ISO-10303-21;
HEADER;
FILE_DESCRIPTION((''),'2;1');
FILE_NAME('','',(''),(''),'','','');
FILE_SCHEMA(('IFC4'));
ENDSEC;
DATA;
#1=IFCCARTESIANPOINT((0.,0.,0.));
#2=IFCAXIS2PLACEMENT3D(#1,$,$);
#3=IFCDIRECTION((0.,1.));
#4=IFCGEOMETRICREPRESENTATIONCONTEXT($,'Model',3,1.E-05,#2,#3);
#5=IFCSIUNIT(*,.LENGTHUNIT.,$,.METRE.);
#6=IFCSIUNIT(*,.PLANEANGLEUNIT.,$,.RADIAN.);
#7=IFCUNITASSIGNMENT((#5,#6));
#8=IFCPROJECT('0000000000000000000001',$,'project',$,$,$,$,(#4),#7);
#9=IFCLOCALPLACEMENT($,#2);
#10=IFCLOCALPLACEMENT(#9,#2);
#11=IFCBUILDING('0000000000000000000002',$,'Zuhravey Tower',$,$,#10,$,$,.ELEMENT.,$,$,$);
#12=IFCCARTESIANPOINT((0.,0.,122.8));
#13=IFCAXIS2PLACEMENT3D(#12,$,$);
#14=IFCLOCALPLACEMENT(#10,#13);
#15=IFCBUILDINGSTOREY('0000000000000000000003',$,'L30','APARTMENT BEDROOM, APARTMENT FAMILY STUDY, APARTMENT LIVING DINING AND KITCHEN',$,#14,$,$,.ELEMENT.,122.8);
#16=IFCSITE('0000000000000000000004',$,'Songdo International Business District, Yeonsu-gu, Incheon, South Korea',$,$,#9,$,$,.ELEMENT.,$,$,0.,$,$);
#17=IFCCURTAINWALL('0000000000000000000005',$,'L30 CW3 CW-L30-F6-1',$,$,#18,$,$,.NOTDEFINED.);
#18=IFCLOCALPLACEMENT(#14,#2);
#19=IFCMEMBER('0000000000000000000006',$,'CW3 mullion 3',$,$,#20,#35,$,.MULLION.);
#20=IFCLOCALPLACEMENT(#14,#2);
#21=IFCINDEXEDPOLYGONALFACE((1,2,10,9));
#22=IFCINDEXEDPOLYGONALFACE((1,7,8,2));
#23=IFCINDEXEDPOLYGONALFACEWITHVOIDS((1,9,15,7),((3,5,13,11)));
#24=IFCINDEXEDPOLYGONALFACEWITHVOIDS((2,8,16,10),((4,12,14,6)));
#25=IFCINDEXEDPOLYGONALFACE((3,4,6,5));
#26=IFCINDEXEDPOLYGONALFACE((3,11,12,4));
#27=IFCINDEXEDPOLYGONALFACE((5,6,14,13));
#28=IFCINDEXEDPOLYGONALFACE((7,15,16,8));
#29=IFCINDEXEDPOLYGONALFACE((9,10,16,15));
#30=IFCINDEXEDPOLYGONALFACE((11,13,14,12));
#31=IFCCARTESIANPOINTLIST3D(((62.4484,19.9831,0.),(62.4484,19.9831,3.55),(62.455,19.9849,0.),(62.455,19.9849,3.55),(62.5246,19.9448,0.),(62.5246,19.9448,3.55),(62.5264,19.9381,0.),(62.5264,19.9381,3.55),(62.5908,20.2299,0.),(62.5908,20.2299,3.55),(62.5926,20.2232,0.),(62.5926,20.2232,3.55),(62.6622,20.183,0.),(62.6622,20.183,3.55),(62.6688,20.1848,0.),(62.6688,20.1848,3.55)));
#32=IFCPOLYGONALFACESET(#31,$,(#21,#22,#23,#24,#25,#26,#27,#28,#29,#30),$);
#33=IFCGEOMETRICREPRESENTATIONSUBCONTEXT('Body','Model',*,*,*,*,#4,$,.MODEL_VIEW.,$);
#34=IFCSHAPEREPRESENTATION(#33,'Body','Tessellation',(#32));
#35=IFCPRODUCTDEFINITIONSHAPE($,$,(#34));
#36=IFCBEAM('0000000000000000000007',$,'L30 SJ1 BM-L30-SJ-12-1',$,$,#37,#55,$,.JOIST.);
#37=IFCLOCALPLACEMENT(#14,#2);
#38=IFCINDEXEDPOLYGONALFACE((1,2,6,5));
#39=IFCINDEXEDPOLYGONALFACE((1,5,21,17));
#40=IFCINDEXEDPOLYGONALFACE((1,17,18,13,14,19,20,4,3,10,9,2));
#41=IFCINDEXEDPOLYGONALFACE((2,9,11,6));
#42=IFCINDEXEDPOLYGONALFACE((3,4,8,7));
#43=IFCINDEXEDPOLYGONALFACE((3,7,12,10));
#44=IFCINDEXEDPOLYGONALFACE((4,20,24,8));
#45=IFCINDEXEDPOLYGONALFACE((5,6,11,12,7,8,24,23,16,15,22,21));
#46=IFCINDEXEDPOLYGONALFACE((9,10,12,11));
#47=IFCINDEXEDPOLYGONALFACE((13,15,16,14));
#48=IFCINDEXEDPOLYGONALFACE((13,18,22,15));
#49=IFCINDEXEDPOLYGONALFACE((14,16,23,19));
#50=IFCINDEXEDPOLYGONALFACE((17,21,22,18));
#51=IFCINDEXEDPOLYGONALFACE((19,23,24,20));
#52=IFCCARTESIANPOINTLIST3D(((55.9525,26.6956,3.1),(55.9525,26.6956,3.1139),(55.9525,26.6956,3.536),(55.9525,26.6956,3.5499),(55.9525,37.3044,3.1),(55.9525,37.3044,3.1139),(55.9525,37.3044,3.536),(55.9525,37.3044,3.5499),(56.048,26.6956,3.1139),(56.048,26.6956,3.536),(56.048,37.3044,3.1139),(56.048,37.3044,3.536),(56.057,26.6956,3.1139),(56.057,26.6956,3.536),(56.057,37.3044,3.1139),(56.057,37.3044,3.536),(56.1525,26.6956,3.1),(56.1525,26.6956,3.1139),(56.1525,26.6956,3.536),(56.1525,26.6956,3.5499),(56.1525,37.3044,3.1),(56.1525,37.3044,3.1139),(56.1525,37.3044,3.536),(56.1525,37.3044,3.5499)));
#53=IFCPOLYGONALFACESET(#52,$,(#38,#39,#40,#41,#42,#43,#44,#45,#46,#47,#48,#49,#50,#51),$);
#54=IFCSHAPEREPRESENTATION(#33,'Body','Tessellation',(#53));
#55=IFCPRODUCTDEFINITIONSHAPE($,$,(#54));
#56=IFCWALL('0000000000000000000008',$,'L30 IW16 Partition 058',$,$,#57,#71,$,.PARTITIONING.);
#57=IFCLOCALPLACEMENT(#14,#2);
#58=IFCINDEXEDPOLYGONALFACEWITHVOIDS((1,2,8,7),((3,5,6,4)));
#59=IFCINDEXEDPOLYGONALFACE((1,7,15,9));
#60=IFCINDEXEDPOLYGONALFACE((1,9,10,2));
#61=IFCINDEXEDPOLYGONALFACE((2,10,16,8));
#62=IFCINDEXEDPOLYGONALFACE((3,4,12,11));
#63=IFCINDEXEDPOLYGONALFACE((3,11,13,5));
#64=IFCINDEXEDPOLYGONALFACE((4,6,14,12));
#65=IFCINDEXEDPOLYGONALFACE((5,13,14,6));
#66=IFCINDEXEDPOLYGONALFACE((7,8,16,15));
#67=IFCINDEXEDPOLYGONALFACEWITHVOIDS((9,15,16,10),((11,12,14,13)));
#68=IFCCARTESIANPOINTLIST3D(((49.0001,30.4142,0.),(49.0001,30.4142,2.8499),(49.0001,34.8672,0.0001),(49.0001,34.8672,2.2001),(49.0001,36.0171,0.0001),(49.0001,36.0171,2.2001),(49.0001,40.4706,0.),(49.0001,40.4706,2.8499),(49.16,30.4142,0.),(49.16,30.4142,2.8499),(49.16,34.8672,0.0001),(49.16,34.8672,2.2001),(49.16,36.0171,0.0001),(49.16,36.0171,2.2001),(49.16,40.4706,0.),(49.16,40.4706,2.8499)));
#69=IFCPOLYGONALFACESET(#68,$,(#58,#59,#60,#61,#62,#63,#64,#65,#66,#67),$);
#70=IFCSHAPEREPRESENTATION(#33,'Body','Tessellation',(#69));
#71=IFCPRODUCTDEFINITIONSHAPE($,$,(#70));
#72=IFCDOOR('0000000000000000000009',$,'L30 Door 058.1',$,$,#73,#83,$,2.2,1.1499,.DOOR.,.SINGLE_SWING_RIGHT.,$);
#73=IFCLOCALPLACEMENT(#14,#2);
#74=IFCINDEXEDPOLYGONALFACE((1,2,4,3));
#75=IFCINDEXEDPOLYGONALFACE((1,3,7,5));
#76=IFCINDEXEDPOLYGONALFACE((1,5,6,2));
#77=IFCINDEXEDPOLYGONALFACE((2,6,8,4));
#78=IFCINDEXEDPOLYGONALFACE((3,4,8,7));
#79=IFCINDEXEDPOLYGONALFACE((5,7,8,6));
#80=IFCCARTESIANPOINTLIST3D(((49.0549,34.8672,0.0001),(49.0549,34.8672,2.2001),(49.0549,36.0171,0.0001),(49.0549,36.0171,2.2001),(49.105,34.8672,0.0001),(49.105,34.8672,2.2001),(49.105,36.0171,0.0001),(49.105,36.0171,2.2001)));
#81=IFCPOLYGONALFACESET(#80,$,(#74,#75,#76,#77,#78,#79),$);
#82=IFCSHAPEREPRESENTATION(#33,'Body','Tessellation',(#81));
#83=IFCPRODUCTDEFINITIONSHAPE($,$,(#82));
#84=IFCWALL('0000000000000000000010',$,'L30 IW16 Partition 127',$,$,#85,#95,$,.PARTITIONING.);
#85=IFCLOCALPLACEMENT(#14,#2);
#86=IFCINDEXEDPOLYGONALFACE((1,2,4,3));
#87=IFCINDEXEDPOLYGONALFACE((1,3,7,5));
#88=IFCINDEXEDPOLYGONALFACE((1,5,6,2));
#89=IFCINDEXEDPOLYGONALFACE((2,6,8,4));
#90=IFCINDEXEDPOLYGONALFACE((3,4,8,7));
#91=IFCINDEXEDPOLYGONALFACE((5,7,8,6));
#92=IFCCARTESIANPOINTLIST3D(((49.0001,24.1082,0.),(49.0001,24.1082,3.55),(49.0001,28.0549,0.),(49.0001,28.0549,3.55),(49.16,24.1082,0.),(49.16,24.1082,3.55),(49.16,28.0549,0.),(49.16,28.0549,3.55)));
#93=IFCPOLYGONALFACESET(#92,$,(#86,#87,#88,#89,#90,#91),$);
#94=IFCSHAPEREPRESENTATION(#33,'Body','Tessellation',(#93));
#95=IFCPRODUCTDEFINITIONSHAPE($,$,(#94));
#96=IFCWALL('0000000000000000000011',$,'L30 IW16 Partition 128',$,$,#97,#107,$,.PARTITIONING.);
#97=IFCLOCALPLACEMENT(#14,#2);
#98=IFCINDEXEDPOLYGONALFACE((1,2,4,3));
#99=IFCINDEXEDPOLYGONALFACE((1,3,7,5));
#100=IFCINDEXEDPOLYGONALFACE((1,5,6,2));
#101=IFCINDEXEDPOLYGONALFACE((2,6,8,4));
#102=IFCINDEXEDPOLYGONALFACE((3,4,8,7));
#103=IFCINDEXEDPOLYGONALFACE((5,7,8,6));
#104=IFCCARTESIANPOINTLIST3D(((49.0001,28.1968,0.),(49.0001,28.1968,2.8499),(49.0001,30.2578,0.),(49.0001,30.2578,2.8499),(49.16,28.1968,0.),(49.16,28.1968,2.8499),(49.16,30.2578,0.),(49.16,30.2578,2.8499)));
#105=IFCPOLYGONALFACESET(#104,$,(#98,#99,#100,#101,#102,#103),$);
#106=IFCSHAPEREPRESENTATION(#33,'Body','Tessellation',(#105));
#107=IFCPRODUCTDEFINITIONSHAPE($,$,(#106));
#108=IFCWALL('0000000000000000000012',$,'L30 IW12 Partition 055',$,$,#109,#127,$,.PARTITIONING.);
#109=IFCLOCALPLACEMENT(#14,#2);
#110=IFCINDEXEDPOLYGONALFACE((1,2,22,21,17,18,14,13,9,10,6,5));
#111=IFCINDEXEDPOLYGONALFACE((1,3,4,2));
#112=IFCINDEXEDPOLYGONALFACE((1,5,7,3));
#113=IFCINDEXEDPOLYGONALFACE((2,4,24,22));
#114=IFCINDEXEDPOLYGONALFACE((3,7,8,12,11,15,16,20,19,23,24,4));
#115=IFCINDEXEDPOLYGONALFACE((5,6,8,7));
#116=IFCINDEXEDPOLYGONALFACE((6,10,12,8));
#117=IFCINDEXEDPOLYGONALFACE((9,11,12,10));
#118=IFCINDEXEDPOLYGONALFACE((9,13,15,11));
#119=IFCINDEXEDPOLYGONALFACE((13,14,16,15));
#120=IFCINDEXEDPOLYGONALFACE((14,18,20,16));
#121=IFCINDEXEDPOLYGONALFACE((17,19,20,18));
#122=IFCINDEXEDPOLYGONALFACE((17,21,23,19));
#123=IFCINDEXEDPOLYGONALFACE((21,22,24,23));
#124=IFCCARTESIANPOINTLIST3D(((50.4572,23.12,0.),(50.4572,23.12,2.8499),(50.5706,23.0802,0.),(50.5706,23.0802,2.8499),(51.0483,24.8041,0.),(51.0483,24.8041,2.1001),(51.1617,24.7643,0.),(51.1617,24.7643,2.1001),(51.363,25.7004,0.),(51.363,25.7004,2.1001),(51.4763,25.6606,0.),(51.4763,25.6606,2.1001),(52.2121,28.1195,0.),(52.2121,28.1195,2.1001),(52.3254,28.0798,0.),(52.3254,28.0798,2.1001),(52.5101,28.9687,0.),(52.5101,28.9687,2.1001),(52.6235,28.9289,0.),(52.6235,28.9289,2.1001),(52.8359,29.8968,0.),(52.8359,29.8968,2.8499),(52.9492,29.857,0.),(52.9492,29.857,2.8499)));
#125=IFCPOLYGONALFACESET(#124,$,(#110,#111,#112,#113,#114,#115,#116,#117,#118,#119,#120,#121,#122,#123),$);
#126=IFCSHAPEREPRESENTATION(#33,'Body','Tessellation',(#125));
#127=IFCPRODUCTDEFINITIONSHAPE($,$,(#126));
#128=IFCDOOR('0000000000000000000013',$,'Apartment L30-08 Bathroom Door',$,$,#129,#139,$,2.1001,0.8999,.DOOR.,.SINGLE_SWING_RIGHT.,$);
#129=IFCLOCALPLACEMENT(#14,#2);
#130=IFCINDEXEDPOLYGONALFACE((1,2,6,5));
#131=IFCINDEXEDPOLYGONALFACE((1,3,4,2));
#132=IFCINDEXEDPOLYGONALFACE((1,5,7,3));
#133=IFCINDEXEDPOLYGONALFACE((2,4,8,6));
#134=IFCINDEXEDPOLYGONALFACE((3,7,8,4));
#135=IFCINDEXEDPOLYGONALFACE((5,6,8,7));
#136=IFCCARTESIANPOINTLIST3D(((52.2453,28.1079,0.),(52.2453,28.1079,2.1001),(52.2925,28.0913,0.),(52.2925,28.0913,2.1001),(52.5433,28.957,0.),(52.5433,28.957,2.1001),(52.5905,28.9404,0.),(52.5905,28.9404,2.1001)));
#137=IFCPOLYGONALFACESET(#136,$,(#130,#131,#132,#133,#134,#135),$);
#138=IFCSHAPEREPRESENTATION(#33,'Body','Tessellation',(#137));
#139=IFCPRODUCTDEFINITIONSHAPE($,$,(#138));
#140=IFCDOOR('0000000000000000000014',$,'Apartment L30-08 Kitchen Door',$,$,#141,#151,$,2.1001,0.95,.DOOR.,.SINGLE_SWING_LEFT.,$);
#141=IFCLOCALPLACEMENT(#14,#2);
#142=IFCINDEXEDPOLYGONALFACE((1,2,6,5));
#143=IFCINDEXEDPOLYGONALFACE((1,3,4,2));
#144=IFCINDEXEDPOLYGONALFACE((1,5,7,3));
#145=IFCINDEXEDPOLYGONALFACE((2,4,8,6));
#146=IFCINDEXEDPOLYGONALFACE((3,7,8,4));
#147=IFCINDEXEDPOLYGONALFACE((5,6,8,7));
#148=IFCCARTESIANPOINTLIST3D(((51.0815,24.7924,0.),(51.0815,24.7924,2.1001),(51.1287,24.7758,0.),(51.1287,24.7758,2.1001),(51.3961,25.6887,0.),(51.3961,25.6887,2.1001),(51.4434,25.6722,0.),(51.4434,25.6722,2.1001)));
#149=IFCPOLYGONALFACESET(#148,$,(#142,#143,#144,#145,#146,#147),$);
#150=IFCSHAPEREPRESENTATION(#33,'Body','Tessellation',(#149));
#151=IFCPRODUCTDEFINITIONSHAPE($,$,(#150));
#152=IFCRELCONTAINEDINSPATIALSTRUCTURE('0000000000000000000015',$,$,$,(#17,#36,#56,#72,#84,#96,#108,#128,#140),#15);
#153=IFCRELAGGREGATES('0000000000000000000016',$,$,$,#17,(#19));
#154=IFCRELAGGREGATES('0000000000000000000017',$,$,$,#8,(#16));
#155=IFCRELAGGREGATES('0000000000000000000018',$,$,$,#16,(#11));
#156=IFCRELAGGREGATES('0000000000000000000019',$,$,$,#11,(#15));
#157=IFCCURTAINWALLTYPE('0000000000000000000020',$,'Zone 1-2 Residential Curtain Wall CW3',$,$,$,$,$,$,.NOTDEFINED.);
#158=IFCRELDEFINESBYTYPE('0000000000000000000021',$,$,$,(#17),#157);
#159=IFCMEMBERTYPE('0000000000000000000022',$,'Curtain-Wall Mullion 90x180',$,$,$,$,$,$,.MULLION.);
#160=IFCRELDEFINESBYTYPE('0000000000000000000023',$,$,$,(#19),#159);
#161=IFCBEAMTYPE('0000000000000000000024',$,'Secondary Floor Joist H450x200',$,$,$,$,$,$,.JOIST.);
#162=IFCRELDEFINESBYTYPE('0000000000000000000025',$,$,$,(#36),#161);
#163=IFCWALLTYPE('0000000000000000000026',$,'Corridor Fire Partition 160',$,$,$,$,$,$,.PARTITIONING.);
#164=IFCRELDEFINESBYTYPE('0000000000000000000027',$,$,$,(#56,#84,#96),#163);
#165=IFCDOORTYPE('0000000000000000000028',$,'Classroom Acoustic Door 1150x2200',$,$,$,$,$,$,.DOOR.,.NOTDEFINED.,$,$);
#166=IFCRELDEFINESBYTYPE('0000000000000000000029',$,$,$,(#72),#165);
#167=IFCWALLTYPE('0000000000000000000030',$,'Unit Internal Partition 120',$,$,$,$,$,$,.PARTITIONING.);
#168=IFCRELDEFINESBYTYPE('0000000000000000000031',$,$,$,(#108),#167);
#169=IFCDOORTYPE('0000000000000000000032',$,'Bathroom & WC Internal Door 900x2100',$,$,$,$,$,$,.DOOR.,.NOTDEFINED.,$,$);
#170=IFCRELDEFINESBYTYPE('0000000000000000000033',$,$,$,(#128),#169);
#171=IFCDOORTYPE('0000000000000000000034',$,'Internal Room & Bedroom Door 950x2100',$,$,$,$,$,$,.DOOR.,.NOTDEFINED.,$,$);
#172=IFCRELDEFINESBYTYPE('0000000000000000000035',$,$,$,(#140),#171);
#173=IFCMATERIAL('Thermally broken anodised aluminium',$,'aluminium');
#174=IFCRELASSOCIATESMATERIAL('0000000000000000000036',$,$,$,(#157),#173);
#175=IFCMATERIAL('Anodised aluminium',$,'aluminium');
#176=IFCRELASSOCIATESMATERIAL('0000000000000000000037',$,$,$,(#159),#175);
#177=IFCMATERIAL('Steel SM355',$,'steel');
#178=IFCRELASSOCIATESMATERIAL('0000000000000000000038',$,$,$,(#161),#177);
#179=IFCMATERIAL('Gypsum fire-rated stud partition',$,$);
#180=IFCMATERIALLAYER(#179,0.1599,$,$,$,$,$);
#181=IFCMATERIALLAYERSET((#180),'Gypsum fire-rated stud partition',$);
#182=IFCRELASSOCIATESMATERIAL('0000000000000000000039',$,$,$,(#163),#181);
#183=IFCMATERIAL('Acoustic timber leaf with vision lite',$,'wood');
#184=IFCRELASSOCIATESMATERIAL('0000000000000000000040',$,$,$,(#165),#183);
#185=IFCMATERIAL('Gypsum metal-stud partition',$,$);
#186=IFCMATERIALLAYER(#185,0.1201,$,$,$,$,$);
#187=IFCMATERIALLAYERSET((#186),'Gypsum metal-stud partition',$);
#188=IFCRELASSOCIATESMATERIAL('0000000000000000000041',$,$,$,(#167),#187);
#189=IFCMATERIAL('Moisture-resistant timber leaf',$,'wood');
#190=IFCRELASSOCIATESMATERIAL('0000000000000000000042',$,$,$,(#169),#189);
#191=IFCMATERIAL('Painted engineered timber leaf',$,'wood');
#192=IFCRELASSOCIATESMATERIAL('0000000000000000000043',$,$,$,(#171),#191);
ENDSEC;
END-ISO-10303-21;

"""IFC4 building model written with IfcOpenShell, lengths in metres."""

from ifc_helpers import new_model, si_unit, direction, frame, frame_2d, origin, origin_2d, place, context, subcontext, project, spatial, rectangle, hollow_rectangle, i_section, extrude, material, layer, layer_set, material_profile, profile_set, type_object, element, fill, aggregate, save


model = new_model("IFC4")

# Units and contexts
model_context = context("Model", 3, precision=1e-05, world=origin(), true_north=direction((0.0, 1.0)))
body_context = subcontext(model_context, "Body", "Model", "MODEL_VIEW")
ifc_project = project(units=[si_unit("LENGTHUNIT", "METRE"), si_unit("PLANEANGLEUNIT", "RADIAN")], contexts=[model_context])

# Site, building, storey
site_placement = place(None, origin())
site = spatial("IfcSite", under=ifc_project, at=site_placement, Name="Songdo International Business District, Yeonsu-gu, Incheon, South Korea", CompositionType="ELEMENT", RefElevation=0.0)
building_placement = place(site_placement, origin())
building = spatial("IfcBuilding", under=site, at=building_placement, Name="Zuhravey Tower", CompositionType="ELEMENT")
storey_placement = place(building_placement, frame((0.0, 0.0, 122.8)))
storey = spatial("IfcBuildingStorey", under=building, at=storey_placement, Name="L30", Description="APARTMENT BEDROOM, APARTMENT FAMILY STUDY, APARTMENT LIVING DINING AND KITCHEN", CompositionType="ELEMENT", Elevation=122.8)

# Curtain wall, member
ifc_material_1 = material(Name="Thermally broken anodised aluminium", Category="aluminium")
curtain_wall_type = type_object("IfcCurtainWallType", Name="Zone 1-2 Residential Curtain Wall CW3", PredefinedType="NOTDEFINED", material=ifc_material_1)
curtain_wall_placement = place(storey_placement, origin())
curtain_wall = element("IfcCurtainWall", 1, at=curtain_wall_placement, inside=storey, type_object=curtain_wall_type, Name="L30 CW3 CW-L30-F6-1", PredefinedType="NOTDEFINED")
ifc_material_2 = material(Name="Anodised aluminium", Category="aluminium")
ifc_material_profile_1 = material_profile(ifc_material_2, hollow_rectangle(XDim=0.0901, YDim=0.2849, WallThickness=0.0049, at=origin_2d()), Name="ALU-RHS-90x285x5")
ifc_profile_set_1 = profile_set([ifc_material_profile_1], Name="Anodised aluminium")
member_type = type_object("IfcMemberType", Name="Curtain-Wall Mullion 90x180", PredefinedType="MULLION", material=ifc_profile_set_1)
member_placement = place(storey_placement, frame((62.5586, 20.084, 0.0), z_axis=(0.0, 0.0, 1.0), x_axis=(0.866026, -0.5, 0.0)))
member = element("IfcMember", 2, at=member_placement, type_object=member_type, Name="CW3 mullion 3", PredefinedType="MULLION", context=body_context, shape_type="SweptSolid", body=[
    extrude(hollow_rectangle(XDim=0.0901, YDim=0.2849, WallThickness=0.0049, at=origin_2d()), origin(), (0.0, 0.0, 1.0), 3.55),
])
aggregate(curtain_wall, [member])

# Beam
ifc_material_3 = material(Name="Steel SM355", Category="steel")
ifc_material_profile_2 = material_profile(ifc_material_3, i_section(OverallWidth=0.2, OverallDepth=0.45, WebThickness=0.009, FlangeThickness=0.0139, at=origin_2d()), Name="H-450x200x9x14")
ifc_profile_set_2 = profile_set([ifc_material_profile_2], Name="Steel SM355")
beam_type = type_object("IfcBeamType", Name="Secondary Floor Joist H450x200", PredefinedType="JOIST", material=ifc_profile_set_2)
beam_placement = place(storey_placement, frame((56.0525, 26.6956, 3.325), z_axis=(0.0, 1.0, 0.0), x_axis=(-1.0, 0.0, 0.0)))
element("IfcBeam", 3, at=beam_placement, inside=storey, type_object=beam_type, Name="L30 SJ1 BM-L30-SJ-12-1", PredefinedType="JOIST", context=body_context, shape_type="SweptSolid", body=[
    extrude(i_section(OverallWidth=0.2, OverallDepth=0.45, WebThickness=0.009, FlangeThickness=0.0139, at=origin_2d()), origin(), (0.0, 0.0, 1.0), 10.6089),
])

# Wall, opening, door
ifc_material_4 = material(Name="Gypsum fire-rated stud partition")
ifc_layer_1 = layer(ifc_material_4, 0.1599)
ifc_layer_set_1 = layer_set([ifc_layer_1], Name="Gypsum fire-rated stud partition")
wall_type_1 = type_object("IfcWallType", Name="Corridor Fire Partition 160", PredefinedType="PARTITIONING", material=ifc_layer_set_1)
wall_1_placement = place(storey_placement, frame((49.0801, 30.4141, 0.0), z_axis=(0.0, 0.0, 1.0), x_axis=(0.0, 1.0, 0.0)))
wall_1 = element("IfcWall", 4, at=wall_1_placement, inside=storey, type_object=wall_type_1, Name="L30 IW16 Partition 058", PredefinedType="PARTITIONING", context=body_context, shape_type="SweptSolid", body=[
    extrude(rectangle(XDim=10.0564, YDim=0.1599, at=frame_2d((5.0283, 0.0))), origin(), (0.0, 0.0, 1.0), 2.8499),
])
opening_1_placement = place(wall_1_placement, frame((4.4531, 0.0, 0.0)))
opening_1 = element("IfcOpeningElement", 5, at=opening_1_placement, cuts=wall_1, PredefinedType="OPENING", context=body_context, shape_type="SweptSolid", body=[
    extrude(rectangle(XDim=1.1499, YDim=2.2, at=frame_2d((0.575, 1.1001))), frame((0.0, 0.092, 0.0), z_axis=(0.0, -1.0, 0.0), x_axis=(1.0, 0.0, 0.0)), (0.0, 0.0, 1.0), 0.1838),
])
ifc_material_5 = material(Name="Acoustic timber leaf with vision lite", Category="wood")
door_type_1 = type_object("IfcDoorType", Name="Classroom Acoustic Door 1150x2200", OperationType="NOTDEFINED", PredefinedType="DOOR", material=ifc_material_5)
door_1_placement = place(opening_1_placement, frame((1.1499, 0.0, 0.0), z_axis=(0.0, 0.0, 1.0), x_axis=(-1.0, 0.0, 0.0)))
door_1 = element("IfcDoor", 6, at=door_1_placement, inside=storey, type_object=door_type_1, Name="L30 Door 058.1", OperationType="SINGLE_SWING_RIGHT", OverallHeight=2.2, OverallWidth=1.1499, PredefinedType="DOOR", context=body_context, shape_type="SweptSolid", body=[
    extrude(rectangle(XDim=1.1499, YDim=2.2, at=frame_2d((0.575, 1.1001))), frame((0.0, 0.0249, 0.0), z_axis=(0.0, -1.0, 0.0), x_axis=(1.0, 0.0, 0.0)), (0.0, 0.0, 1.0), 0.05),
])
fill(opening_1, door_1)

# Walls
wall_2_placement = place(storey_placement, frame((49.0801, 24.1082, 0.0), z_axis=(0.0, 0.0, 1.0), x_axis=(0.0, 1.0, 0.0)))
element("IfcWall", 7, at=wall_2_placement, inside=storey, type_object=wall_type_1, Name="L30 IW16 Partition 127", PredefinedType="PARTITIONING", context=body_context, shape_type="SweptSolid", body=[
    extrude(rectangle(XDim=3.9468, YDim=0.1599, at=frame_2d((1.9734, 0.0))), origin(), (0.0, 0.0, 1.0), 3.55),
])
wall_3_placement = place(storey_placement, frame((49.0801, 28.1968, 0.0), z_axis=(0.0, 0.0, 1.0), x_axis=(0.0, 1.0, 0.0)))
element("IfcWall", 8, at=wall_3_placement, inside=storey, type_object=wall_type_1, Name="L30 IW16 Partition 128", PredefinedType="PARTITIONING", context=body_context, shape_type="SweptSolid", body=[
    extrude(rectangle(XDim=2.061, YDim=0.1599, at=frame_2d((1.0305, 0.0))), origin(), (0.0, 0.0, 1.0), 2.8499),
])

# Wall, openings, doors
ifc_material_6 = material(Name="Gypsum metal-stud partition")
ifc_layer_2 = layer(ifc_material_6, 0.1201)
ifc_layer_set_2 = layer_set([ifc_layer_2], Name="Gypsum metal-stud partition")
wall_type_2 = type_object("IfcWallType", Name="Unit Internal Partition 120", PredefinedType="PARTITIONING", material=ifc_layer_set_2)
wall_4_placement = place(storey_placement, frame((50.5139, 23.1001, 0.0), z_axis=(0.0, 0.0, 1.0), x_axis=(0.331189, 0.943564, 0.0)))
wall_4 = element("IfcWall", 9, at=wall_4_placement, inside=storey, type_object=wall_type_2, Name="L30 IW12 Partition 055", PredefinedType="PARTITIONING", context=body_context, shape_type="SweptSolid", body=[
    extrude(rectangle(XDim=7.1821, YDim=0.1201, at=frame_2d((3.5911, 0.0))), origin(), (0.0, 0.0, 1.0), 2.8499),
])
opening_2_placement = place(wall_4_placement, frame((1.7847, 0.0, 0.0)))
opening_2 = element("IfcOpeningElement", 10, at=opening_2_placement, cuts=wall_4, PredefinedType="OPENING", context=body_context, shape_type="SweptSolid", body=[
    extrude(rectangle(XDim=0.95, YDim=2.1001, at=frame_2d((0.4751, 1.05))), frame((0.0, 0.072, 0.0), z_axis=(0.0, -1.0, 0.0), x_axis=(1.0, 0.0, 0.0)), (0.0, 0.0, 1.0), 0.144),
])
opening_3_placement = place(wall_4_placement, frame((5.2986, 0.0, 0.0)))
opening_3 = element("IfcOpeningElement", 11, at=opening_3_placement, cuts=wall_4, PredefinedType="OPENING", context=body_context, shape_type="SweptSolid", body=[
    extrude(rectangle(XDim=0.8999, YDim=2.1001, at=frame_2d((0.45, 1.05))), frame((0.0, 0.072, 0.0), z_axis=(0.0, -1.0, 0.0), x_axis=(1.0, 0.0, 0.0)), (0.0, 0.0, 1.0), 0.144),
])
ifc_material_7 = material(Name="Moisture-resistant timber leaf", Category="wood")
door_type_2 = type_object("IfcDoorType", Name="Bathroom & WC Internal Door 900x2100", OperationType="NOTDEFINED", PredefinedType="DOOR", material=ifc_material_7)
door_2_placement = place(opening_3_placement, origin())
door_2 = element("IfcDoor", 12, at=door_2_placement, inside=storey, type_object=door_type_2, Name="Apartment L30-08 Bathroom Door", OperationType="SINGLE_SWING_RIGHT", OverallHeight=2.1001, OverallWidth=0.8999, PredefinedType="DOOR", context=body_context, shape_type="SweptSolid", body=[
    extrude(rectangle(XDim=0.8999, YDim=2.1001, at=frame_2d((0.45, 1.05))), frame((0.0, 0.0249, 0.0), z_axis=(0.0, -1.0, 0.0), x_axis=(1.0, 0.0, 0.0)), (0.0, 0.0, 1.0), 0.05),
])
fill(opening_3, door_2)
ifc_material_8 = material(Name="Painted engineered timber leaf", Category="wood")
door_type_3 = type_object("IfcDoorType", Name="Internal Room & Bedroom Door 950x2100", OperationType="NOTDEFINED", PredefinedType="DOOR", material=ifc_material_8)
door_3_placement = place(opening_2_placement, origin())
door_3 = element("IfcDoor", 13, at=door_3_placement, inside=storey, type_object=door_type_3, Name="Apartment L30-08 Kitchen Door", OperationType="SINGLE_SWING_LEFT", OverallHeight=2.1001, OverallWidth=0.95, PredefinedType="DOOR", context=body_context, shape_type="SweptSolid", body=[
    extrude(rectangle(XDim=0.95, YDim=2.1001, at=frame_2d((0.4751, 1.05))), frame((0.0, 0.0249, 0.0), z_axis=(0.0, -1.0, 0.0), x_axis=(1.0, 0.0, 0.0)), (0.0, 0.0, 1.0), 0.05),
])
fill(opening_2, door_3)

save(model, "model.ifc")
